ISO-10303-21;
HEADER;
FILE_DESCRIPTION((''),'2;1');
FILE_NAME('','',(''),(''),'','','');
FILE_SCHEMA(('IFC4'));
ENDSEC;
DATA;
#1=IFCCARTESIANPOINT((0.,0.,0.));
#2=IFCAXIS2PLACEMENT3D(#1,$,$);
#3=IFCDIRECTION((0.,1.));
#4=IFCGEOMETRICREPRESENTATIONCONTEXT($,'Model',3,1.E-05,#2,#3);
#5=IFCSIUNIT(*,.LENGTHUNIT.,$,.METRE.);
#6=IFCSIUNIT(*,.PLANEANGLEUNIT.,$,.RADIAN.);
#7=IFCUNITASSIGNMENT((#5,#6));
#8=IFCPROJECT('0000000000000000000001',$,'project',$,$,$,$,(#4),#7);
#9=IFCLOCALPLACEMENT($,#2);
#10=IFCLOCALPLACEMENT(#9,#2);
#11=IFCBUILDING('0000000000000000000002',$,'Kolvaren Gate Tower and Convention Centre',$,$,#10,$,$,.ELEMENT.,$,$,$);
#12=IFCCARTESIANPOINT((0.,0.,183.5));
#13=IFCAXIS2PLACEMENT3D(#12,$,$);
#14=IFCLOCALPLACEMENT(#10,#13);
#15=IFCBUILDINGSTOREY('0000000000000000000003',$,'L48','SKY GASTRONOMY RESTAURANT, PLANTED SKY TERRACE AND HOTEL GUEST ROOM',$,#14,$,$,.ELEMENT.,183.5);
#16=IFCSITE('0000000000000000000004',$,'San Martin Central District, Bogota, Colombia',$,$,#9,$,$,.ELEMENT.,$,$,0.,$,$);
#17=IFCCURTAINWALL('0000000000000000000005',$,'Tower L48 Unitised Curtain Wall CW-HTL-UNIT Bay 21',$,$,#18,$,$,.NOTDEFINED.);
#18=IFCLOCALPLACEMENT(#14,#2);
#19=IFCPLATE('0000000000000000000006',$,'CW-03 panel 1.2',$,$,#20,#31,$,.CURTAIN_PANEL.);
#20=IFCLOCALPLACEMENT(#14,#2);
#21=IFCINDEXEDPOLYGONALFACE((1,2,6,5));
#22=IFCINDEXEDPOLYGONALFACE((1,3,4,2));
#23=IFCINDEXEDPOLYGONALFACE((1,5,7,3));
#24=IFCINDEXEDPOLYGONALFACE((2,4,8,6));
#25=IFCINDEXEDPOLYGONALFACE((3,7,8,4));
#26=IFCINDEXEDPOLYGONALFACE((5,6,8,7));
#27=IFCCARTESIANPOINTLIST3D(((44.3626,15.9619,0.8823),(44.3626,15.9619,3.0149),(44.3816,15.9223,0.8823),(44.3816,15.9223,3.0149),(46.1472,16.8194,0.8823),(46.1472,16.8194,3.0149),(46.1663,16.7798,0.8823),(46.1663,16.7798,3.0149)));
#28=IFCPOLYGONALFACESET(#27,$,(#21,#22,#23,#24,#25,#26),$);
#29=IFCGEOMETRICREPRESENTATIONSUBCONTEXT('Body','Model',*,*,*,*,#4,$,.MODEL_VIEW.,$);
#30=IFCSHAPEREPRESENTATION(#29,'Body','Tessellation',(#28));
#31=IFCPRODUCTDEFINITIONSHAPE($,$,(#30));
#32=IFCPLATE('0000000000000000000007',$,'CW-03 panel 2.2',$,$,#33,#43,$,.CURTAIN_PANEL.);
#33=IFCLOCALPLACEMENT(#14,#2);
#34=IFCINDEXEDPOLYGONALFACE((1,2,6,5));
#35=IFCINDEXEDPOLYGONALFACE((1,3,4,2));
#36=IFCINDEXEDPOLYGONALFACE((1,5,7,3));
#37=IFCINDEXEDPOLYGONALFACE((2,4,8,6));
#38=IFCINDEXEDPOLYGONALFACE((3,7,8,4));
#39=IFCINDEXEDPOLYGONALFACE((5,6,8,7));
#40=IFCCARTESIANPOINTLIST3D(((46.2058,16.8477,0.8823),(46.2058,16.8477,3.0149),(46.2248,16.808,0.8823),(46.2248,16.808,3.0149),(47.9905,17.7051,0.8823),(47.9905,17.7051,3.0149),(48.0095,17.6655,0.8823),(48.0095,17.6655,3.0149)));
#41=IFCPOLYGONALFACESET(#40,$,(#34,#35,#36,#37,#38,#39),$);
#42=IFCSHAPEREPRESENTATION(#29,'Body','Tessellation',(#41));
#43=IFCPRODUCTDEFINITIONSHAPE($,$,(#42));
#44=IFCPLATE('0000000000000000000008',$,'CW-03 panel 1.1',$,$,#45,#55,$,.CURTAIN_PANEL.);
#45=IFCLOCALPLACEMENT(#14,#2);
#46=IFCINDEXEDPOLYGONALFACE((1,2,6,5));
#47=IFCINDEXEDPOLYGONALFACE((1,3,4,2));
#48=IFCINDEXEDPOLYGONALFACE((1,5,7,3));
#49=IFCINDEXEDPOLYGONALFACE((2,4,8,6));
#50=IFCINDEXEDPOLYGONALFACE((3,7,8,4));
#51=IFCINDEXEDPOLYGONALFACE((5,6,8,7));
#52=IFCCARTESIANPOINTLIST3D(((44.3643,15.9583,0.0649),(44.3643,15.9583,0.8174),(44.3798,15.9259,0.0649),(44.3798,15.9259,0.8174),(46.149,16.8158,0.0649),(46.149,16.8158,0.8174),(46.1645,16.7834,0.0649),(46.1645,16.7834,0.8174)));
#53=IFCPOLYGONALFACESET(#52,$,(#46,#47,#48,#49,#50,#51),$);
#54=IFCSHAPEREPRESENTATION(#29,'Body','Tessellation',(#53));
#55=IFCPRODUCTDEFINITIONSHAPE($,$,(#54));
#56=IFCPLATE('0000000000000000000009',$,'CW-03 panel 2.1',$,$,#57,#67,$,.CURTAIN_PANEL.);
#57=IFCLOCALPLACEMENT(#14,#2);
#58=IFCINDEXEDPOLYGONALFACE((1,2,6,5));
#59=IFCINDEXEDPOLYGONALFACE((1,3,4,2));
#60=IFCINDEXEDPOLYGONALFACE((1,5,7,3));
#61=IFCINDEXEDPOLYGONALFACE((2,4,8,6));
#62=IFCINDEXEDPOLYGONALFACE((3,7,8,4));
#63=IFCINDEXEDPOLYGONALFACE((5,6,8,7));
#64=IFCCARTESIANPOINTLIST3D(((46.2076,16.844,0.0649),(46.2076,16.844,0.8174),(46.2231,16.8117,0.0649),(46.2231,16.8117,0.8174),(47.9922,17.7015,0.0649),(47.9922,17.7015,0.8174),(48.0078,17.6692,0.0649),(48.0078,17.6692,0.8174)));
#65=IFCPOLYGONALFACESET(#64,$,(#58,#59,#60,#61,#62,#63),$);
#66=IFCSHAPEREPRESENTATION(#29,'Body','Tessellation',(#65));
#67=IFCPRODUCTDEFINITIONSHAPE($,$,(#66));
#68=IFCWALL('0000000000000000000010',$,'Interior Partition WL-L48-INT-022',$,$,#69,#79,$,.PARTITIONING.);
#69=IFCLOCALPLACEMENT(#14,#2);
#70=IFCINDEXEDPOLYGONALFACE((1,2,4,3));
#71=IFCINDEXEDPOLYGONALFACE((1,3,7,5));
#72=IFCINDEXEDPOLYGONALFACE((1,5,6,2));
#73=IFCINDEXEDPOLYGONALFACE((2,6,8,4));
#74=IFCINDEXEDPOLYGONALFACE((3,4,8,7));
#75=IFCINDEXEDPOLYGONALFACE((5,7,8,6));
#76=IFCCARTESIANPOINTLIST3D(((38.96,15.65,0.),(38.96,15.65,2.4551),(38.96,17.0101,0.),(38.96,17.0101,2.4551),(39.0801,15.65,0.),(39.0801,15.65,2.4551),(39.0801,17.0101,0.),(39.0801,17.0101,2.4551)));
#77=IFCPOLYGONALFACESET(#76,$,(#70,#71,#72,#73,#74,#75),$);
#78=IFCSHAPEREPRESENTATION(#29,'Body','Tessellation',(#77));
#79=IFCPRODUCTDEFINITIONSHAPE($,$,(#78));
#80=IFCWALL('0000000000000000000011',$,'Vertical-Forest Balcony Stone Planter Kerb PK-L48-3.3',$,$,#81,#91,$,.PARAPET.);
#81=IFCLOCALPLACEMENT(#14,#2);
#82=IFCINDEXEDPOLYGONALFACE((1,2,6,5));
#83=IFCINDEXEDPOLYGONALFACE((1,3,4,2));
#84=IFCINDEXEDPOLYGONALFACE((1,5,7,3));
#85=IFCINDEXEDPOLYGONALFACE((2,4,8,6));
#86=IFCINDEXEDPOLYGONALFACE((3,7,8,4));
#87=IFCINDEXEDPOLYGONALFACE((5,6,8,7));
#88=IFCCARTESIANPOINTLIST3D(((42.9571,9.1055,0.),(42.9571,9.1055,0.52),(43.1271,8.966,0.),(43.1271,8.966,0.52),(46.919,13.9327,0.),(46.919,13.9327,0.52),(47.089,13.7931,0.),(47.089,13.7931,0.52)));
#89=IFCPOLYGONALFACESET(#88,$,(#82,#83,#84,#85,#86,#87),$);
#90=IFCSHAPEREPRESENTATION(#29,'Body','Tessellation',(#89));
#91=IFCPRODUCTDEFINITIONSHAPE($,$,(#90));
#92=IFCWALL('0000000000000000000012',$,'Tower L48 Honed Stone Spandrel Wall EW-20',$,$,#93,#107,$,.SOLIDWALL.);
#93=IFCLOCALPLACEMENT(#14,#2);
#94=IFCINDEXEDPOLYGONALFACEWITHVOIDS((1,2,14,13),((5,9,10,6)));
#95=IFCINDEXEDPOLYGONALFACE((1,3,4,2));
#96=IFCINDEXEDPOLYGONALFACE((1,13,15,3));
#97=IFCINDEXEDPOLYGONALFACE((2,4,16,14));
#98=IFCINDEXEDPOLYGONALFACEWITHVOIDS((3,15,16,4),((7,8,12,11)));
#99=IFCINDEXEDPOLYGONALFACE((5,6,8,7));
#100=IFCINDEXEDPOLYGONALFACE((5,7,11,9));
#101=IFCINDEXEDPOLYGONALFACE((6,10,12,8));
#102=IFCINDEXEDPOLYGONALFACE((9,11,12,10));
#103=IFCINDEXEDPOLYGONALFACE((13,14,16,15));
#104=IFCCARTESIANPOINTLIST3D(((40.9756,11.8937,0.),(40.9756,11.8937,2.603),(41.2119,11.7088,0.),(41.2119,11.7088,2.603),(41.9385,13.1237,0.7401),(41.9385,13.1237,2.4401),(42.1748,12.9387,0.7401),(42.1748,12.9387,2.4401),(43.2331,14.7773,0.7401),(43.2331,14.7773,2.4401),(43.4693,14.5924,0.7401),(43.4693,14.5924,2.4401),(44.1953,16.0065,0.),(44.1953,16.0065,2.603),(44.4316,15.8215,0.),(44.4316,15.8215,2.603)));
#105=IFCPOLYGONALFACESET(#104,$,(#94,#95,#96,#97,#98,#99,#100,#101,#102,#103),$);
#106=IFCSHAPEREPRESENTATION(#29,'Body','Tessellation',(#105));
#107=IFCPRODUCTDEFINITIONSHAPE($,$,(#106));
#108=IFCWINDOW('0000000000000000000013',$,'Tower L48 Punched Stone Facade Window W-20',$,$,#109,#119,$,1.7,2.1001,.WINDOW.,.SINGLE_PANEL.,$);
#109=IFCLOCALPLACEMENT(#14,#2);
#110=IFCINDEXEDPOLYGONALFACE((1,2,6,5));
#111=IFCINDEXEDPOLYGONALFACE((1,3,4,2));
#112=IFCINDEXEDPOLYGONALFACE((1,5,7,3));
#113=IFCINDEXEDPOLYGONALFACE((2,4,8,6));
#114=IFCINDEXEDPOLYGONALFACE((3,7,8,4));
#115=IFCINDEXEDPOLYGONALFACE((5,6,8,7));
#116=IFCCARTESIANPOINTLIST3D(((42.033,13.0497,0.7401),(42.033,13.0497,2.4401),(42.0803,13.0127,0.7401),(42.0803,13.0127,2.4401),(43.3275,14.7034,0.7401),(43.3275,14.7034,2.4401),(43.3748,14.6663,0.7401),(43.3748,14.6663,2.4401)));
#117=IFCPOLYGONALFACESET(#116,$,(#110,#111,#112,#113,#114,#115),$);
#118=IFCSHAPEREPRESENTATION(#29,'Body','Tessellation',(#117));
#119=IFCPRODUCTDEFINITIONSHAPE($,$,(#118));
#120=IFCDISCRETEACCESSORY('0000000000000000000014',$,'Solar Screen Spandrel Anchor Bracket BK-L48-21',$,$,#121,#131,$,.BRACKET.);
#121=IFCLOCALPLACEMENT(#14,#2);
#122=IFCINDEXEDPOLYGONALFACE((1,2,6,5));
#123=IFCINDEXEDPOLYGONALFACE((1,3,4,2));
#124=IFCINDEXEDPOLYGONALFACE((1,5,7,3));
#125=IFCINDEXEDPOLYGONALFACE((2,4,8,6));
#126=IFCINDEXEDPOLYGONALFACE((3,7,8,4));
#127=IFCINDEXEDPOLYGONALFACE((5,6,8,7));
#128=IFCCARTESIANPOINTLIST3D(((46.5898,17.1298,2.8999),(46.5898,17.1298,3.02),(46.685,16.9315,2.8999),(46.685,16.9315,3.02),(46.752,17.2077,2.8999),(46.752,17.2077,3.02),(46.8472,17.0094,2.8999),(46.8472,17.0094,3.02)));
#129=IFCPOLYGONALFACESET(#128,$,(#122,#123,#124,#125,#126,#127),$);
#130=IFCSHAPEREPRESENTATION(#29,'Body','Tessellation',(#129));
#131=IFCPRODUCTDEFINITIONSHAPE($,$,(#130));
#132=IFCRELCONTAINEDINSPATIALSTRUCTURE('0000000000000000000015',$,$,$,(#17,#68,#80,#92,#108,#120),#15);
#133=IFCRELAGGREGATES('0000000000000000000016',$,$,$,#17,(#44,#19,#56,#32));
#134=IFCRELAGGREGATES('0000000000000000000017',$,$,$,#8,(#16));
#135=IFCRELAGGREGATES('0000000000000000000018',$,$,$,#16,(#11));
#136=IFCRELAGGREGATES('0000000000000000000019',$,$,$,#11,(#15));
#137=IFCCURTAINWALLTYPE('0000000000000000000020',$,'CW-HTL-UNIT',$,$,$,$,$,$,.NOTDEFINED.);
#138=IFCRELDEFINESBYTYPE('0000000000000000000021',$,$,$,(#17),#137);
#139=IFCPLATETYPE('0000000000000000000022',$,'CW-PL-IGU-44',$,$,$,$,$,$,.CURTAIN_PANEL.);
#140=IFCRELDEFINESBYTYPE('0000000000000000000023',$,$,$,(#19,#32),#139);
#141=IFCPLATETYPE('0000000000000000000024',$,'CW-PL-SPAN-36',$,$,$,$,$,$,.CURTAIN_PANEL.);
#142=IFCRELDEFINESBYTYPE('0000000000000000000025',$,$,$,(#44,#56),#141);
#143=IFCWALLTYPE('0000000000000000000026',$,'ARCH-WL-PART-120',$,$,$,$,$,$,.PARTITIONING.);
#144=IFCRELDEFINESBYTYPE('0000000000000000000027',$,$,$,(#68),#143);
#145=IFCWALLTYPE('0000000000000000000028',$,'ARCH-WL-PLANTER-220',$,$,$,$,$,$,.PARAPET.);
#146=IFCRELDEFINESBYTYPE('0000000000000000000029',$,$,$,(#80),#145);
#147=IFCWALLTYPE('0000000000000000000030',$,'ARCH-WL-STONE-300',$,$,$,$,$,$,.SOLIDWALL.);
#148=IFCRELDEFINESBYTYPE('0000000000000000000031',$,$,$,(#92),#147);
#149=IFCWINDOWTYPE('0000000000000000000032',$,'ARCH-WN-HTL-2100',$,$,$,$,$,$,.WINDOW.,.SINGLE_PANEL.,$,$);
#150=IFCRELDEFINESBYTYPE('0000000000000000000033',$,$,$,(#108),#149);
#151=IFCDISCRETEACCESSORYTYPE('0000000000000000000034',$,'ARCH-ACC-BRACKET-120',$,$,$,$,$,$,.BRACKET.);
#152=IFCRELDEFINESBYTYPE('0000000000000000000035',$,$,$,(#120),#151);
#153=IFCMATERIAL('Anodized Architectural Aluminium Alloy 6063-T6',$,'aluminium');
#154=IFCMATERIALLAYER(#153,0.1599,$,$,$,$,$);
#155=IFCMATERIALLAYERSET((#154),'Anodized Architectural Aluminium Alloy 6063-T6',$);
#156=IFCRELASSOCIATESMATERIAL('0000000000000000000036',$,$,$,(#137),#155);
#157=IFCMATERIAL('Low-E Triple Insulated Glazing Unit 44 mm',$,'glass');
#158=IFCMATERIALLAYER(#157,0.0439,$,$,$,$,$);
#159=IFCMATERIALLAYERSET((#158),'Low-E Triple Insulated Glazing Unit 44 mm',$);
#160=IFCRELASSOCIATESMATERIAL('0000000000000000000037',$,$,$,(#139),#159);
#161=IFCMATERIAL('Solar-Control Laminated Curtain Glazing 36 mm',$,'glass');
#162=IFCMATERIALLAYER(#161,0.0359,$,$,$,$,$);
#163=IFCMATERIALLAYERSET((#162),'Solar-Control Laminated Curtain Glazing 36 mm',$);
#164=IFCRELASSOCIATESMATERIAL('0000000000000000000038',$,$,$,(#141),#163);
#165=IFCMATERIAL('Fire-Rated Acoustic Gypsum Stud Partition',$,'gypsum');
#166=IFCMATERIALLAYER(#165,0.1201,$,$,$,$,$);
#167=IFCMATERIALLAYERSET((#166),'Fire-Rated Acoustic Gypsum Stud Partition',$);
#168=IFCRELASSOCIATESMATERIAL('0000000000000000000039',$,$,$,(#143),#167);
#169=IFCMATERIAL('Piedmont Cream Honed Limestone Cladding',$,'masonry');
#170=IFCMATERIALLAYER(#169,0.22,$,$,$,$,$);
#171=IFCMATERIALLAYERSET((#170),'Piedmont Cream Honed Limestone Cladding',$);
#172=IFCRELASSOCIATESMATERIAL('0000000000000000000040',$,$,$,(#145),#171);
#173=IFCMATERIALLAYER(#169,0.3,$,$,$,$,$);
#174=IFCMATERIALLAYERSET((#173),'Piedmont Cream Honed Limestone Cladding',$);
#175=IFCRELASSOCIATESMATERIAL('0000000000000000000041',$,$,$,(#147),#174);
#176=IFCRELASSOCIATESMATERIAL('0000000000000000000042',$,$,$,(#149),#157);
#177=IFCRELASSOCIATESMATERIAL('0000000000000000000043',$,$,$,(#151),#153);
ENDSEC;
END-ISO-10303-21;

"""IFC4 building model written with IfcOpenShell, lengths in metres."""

from ifc_helpers import new_model, si_unit, direction, frame, frame_2d, origin, origin_2d, place, context, subcontext, project, spatial, rectangle, extrude, material, layer, layer_set, type_object, element, fill, aggregate, save


model = new_model("IFC4")

# Units and contexts
model_context = context("Model", 3, precision=1e-05, world=origin(), true_north=direction((0.0, 1.0)))
body_context = subcontext(model_context, "Body", "Model", "MODEL_VIEW")
ifc_project = project(units=[si_unit("LENGTHUNIT", "METRE"), si_unit("PLANEANGLEUNIT", "RADIAN")], contexts=[model_context])

# Site, building, storey
site_placement = place(None, origin())
site = spatial("IfcSite", under=ifc_project, at=site_placement, Name="San Martin Central District, Bogota, Colombia", CompositionType="ELEMENT", RefElevation=0.0)
building_placement = place(site_placement, origin())
building = spatial("IfcBuilding", under=site, at=building_placement, Name="Kolvaren Gate Tower and Convention Centre", CompositionType="ELEMENT")
storey_placement = place(building_placement, frame((0.0, 0.0, 183.5)))
storey = spatial("IfcBuildingStorey", under=building, at=storey_placement, Name="L48", Description="SKY GASTRONOMY RESTAURANT, PLANTED SKY TERRACE AND HOTEL GUEST ROOM", CompositionType="ELEMENT", Elevation=183.5)

# Curtain wall
ifc_material_1 = material(Name="Anodized Architectural Aluminium Alloy 6063-T6", Category="aluminium")
ifc_layer_1 = layer(ifc_material_1, 0.1599)
ifc_layer_set_1 = layer_set([ifc_layer_1], Name="Anodized Architectural Aluminium Alloy 6063-T6")
curtain_wall_type = type_object("IfcCurtainWallType", Name="CW-HTL-UNIT", PredefinedType="NOTDEFINED", material=ifc_layer_set_1)
curtain_wall_placement = place(storey_placement, origin())
curtain_wall = element("IfcCurtainWall", 1, at=curtain_wall_placement, inside=storey, type_object=curtain_wall_type, Name="Tower L48 Unitised Curtain Wall CW-HTL-UNIT Bay 21", PredefinedType="NOTDEFINED")

# Plates
ifc_material_2 = material(Name="Low-E Triple Insulated Glazing Unit 44 mm", Category="glass")
ifc_layer_2 = layer(ifc_material_2, 0.0439)
ifc_layer_set_2 = layer_set([ifc_layer_2], Name="Low-E Triple Insulated Glazing Unit 44 mm")
plate_type_1 = type_object("IfcPlateType", Name="CW-PL-IGU-44", PredefinedType="CURTAIN_PANEL", material=ifc_layer_set_2)
plate_1_placement = place(storey_placement, frame((45.2644, 16.3708, 0.8823), z_axis=(0.0, 0.0, 1.0), x_axis=(0.901358, 0.433074, 0.0)))
plate_1 = element("IfcPlate", 2, at=plate_1_placement, type_object=plate_type_1, Name="CW-03 panel 1.2", PredefinedType="CURTAIN_PANEL", context=body_context, shape_type="SweptSolid", body=[
    extrude(rectangle(XDim=1.98, YDim=0.0439, at=origin_2d()), origin(), (0.0, 0.0, 1.0), 2.1326),
])
plate_2_placement = place(storey_placement, frame((47.1077, 17.2566, 0.8823), z_axis=(0.0, 0.0, 1.0), x_axis=(0.901358, 0.433074, 0.0)))
plate_2 = element("IfcPlate", 3, at=plate_2_placement, type_object=plate_type_1, Name="CW-03 panel 2.2", PredefinedType="CURTAIN_PANEL", context=body_context, shape_type="SweptSolid", body=[
    extrude(rectangle(XDim=1.98, YDim=0.0439, at=origin_2d()), origin(), (0.0, 0.0, 1.0), 2.1326),
])
ifc_material_3 = material(Name="Solar-Control Laminated Curtain Glazing 36 mm", Category="glass")
ifc_layer_3 = layer(ifc_material_3, 0.0359)
ifc_layer_set_3 = layer_set([ifc_layer_3], Name="Solar-Control Laminated Curtain Glazing 36 mm")
plate_type_2 = type_object("IfcPlateType", Name="CW-PL-SPAN-36", PredefinedType="CURTAIN_PANEL", material=ifc_layer_set_3)
plate_3_placement = place(storey_placement, frame((45.2644, 16.3708, 0.0649), z_axis=(0.0, 0.0, 1.0), x_axis=(0.901358, 0.433074, 0.0)))
plate_3 = element("IfcPlate", 4, at=plate_3_placement, type_object=plate_type_2, Name="CW-03 panel 1.1", PredefinedType="CURTAIN_PANEL", context=body_context, shape_type="SweptSolid", body=[
    extrude(rectangle(XDim=1.98, YDim=0.0359, at=origin_2d()), origin(), (0.0, 0.0, 1.0), 0.7524),
])
plate_4_placement = place(storey_placement, frame((47.1077, 17.2566, 0.0649), z_axis=(0.0, 0.0, 1.0), x_axis=(0.901358, 0.433074, 0.0)))
plate_4 = element("IfcPlate", 5, at=plate_4_placement, type_object=plate_type_2, Name="CW-03 panel 2.1", PredefinedType="CURTAIN_PANEL", context=body_context, shape_type="SweptSolid", body=[
    extrude(rectangle(XDim=1.98, YDim=0.0359, at=origin_2d()), origin(), (0.0, 0.0, 1.0), 0.7524),
])
aggregate(curtain_wall, [plate_3, plate_1, plate_4, plate_2])

# Walls
ifc_material_4 = material(Name="Fire-Rated Acoustic Gypsum Stud Partition", Category="gypsum")
ifc_layer_4 = layer(ifc_material_4, 0.1201)
ifc_layer_set_4 = layer_set([ifc_layer_4], Name="Fire-Rated Acoustic Gypsum Stud Partition")
wall_type_1 = type_object("IfcWallType", Name="ARCH-WL-PART-120", PredefinedType="PARTITIONING", material=ifc_layer_set_4)
wall_1_placement = place(storey_placement, frame((39.02, 15.6499, 0.0), z_axis=(0.0, 0.0, 1.0), x_axis=(0.0, 1.0, 0.0)))
element("IfcWall", 6, at=wall_1_placement, inside=storey, type_object=wall_type_1, Name="Interior Partition WL-L48-INT-022", PredefinedType="PARTITIONING", context=body_context, shape_type="SweptSolid", body=[
    extrude(rectangle(XDim=1.3601, YDim=0.1201, at=frame_2d((0.6802, 0.0))), origin(), (0.0, 0.0, 1.0), 2.4551),
])
ifc_material_5 = material(Name="Piedmont Cream Honed Limestone Cladding", Category="masonry")
ifc_layer_5 = layer(ifc_material_5, 0.22)
ifc_layer_set_5 = layer_set([ifc_layer_5], Name="Piedmont Cream Honed Limestone Cladding")
wall_type_2 = type_object("IfcWallType", Name="ARCH-WL-PLANTER-220", PredefinedType="PARAPET", material=ifc_layer_set_5)
wall_2_placement = place(storey_placement, frame((43.042, 9.0356, 0.0), z_axis=(0.0, 0.0, 1.0), x_axis=(0.634429, 0.772981, 0.0)))
element("IfcWall", 7, at=wall_2_placement, inside=storey, type_object=wall_type_2, Name="Vertical-Forest Balcony Stone Planter Kerb PK-L48-3.3", PredefinedType="PARAPET", context=body_context, shape_type="SweptSolid", body=[
    extrude(rectangle(XDim=6.2449, YDim=0.22, at=frame_2d((3.1226, 0.0))), origin(), (0.0, 0.0, 1.0), 0.52),
])

# Wall, opening, window
ifc_layer_6 = layer(ifc_material_5, 0.3)
ifc_layer_set_6 = layer_set([ifc_layer_6], Name="Piedmont Cream Honed Limestone Cladding")
wall_type_3 = type_object("IfcWallType", Name="ARCH-WL-STONE-300", PredefinedType="SOLIDWALL", material=ifc_layer_set_6)
wall_3_placement = place(storey_placement, frame((41.0938, 11.8013, 0.0), z_axis=(0.0, 0.0, 1.0), x_axis=(0.616429, 0.78741, 0.0)))
wall_3 = element("IfcWall", 8, at=wall_3_placement, inside=storey, type_object=wall_type_3, Name="Tower L48 Honed Stone Spandrel Wall EW-20", PredefinedType="SOLIDWALL", context=body_context, shape_type="SweptSolid", body=[
    extrude(rectangle(XDim=5.2231, YDim=0.3, at=frame_2d((2.6116, 0.0))), origin(), (0.0, 0.0, 1.0), 2.603),
])
opening_placement = place(wall_3_placement, frame((1.562, 0.0, 0.74)))
opening = element("IfcOpeningElement", 9, at=opening_placement, cuts=wall_3, PredefinedType="OPENING", context=body_context, shape_type="SweptSolid", body=[
    extrude(rectangle(XDim=2.1001, YDim=1.7, at=frame_2d((1.05, 0.8501))), frame((0.0, 0.1599, 0.0), z_axis=(0.0, -1.0, 0.0), x_axis=(1.0, 0.0, 0.0)), (0.0, 0.0, 1.0), 0.3201),
])
window_type = type_object("IfcWindowType", Name="ARCH-WN-HTL-2100", PartitioningType="SINGLE_PANEL", PredefinedType="WINDOW", material=ifc_material_2)
window_placement = place(opening_placement, origin())
window = element("IfcWindow", 10, at=window_placement, inside=storey, type_object=window_type, Name="Tower L48 Punched Stone Facade Window W-20", OverallHeight=1.7, OverallWidth=2.1001, PartitioningType="SINGLE_PANEL", PredefinedType="WINDOW", context=body_context, shape_type="SweptSolid", body=[
    extrude(rectangle(XDim=2.1001, YDim=1.7, at=frame_2d((1.05, 0.8501))), frame((0.0, 0.03, 0.0), z_axis=(0.0, -1.0, 0.0), x_axis=(1.0, 0.0, 0.0)), (0.0, 0.0, 1.0), 0.0601),
])
fill(opening, window)

# Discrete accessory
discrete_accessory_type = type_object("IfcDiscreteAccessoryType", Name="ARCH-ACC-BRACKET-120", PredefinedType="BRACKET", material=ifc_material_1)
discrete_accessory_placement = place(storey_placement, frame((46.7185, 17.0696, 2.8999), z_axis=(0.0, 0.0, 1.0), x_axis=(0.901358, 0.433074, 0.0)))
element("IfcDiscreteAccessory", 11, at=discrete_accessory_placement, inside=storey, type_object=discrete_accessory_type, Name="Solar Screen Spandrel Anchor Bracket BK-L48-21", PredefinedType="BRACKET", context=body_context, shape_type="SweptSolid", body=[
    extrude(rectangle(XDim=0.1799, YDim=0.22, at=origin_2d()), origin(), (0.0, 0.0, 1.0), 0.1201),
])

save(model, "model.ifc")
